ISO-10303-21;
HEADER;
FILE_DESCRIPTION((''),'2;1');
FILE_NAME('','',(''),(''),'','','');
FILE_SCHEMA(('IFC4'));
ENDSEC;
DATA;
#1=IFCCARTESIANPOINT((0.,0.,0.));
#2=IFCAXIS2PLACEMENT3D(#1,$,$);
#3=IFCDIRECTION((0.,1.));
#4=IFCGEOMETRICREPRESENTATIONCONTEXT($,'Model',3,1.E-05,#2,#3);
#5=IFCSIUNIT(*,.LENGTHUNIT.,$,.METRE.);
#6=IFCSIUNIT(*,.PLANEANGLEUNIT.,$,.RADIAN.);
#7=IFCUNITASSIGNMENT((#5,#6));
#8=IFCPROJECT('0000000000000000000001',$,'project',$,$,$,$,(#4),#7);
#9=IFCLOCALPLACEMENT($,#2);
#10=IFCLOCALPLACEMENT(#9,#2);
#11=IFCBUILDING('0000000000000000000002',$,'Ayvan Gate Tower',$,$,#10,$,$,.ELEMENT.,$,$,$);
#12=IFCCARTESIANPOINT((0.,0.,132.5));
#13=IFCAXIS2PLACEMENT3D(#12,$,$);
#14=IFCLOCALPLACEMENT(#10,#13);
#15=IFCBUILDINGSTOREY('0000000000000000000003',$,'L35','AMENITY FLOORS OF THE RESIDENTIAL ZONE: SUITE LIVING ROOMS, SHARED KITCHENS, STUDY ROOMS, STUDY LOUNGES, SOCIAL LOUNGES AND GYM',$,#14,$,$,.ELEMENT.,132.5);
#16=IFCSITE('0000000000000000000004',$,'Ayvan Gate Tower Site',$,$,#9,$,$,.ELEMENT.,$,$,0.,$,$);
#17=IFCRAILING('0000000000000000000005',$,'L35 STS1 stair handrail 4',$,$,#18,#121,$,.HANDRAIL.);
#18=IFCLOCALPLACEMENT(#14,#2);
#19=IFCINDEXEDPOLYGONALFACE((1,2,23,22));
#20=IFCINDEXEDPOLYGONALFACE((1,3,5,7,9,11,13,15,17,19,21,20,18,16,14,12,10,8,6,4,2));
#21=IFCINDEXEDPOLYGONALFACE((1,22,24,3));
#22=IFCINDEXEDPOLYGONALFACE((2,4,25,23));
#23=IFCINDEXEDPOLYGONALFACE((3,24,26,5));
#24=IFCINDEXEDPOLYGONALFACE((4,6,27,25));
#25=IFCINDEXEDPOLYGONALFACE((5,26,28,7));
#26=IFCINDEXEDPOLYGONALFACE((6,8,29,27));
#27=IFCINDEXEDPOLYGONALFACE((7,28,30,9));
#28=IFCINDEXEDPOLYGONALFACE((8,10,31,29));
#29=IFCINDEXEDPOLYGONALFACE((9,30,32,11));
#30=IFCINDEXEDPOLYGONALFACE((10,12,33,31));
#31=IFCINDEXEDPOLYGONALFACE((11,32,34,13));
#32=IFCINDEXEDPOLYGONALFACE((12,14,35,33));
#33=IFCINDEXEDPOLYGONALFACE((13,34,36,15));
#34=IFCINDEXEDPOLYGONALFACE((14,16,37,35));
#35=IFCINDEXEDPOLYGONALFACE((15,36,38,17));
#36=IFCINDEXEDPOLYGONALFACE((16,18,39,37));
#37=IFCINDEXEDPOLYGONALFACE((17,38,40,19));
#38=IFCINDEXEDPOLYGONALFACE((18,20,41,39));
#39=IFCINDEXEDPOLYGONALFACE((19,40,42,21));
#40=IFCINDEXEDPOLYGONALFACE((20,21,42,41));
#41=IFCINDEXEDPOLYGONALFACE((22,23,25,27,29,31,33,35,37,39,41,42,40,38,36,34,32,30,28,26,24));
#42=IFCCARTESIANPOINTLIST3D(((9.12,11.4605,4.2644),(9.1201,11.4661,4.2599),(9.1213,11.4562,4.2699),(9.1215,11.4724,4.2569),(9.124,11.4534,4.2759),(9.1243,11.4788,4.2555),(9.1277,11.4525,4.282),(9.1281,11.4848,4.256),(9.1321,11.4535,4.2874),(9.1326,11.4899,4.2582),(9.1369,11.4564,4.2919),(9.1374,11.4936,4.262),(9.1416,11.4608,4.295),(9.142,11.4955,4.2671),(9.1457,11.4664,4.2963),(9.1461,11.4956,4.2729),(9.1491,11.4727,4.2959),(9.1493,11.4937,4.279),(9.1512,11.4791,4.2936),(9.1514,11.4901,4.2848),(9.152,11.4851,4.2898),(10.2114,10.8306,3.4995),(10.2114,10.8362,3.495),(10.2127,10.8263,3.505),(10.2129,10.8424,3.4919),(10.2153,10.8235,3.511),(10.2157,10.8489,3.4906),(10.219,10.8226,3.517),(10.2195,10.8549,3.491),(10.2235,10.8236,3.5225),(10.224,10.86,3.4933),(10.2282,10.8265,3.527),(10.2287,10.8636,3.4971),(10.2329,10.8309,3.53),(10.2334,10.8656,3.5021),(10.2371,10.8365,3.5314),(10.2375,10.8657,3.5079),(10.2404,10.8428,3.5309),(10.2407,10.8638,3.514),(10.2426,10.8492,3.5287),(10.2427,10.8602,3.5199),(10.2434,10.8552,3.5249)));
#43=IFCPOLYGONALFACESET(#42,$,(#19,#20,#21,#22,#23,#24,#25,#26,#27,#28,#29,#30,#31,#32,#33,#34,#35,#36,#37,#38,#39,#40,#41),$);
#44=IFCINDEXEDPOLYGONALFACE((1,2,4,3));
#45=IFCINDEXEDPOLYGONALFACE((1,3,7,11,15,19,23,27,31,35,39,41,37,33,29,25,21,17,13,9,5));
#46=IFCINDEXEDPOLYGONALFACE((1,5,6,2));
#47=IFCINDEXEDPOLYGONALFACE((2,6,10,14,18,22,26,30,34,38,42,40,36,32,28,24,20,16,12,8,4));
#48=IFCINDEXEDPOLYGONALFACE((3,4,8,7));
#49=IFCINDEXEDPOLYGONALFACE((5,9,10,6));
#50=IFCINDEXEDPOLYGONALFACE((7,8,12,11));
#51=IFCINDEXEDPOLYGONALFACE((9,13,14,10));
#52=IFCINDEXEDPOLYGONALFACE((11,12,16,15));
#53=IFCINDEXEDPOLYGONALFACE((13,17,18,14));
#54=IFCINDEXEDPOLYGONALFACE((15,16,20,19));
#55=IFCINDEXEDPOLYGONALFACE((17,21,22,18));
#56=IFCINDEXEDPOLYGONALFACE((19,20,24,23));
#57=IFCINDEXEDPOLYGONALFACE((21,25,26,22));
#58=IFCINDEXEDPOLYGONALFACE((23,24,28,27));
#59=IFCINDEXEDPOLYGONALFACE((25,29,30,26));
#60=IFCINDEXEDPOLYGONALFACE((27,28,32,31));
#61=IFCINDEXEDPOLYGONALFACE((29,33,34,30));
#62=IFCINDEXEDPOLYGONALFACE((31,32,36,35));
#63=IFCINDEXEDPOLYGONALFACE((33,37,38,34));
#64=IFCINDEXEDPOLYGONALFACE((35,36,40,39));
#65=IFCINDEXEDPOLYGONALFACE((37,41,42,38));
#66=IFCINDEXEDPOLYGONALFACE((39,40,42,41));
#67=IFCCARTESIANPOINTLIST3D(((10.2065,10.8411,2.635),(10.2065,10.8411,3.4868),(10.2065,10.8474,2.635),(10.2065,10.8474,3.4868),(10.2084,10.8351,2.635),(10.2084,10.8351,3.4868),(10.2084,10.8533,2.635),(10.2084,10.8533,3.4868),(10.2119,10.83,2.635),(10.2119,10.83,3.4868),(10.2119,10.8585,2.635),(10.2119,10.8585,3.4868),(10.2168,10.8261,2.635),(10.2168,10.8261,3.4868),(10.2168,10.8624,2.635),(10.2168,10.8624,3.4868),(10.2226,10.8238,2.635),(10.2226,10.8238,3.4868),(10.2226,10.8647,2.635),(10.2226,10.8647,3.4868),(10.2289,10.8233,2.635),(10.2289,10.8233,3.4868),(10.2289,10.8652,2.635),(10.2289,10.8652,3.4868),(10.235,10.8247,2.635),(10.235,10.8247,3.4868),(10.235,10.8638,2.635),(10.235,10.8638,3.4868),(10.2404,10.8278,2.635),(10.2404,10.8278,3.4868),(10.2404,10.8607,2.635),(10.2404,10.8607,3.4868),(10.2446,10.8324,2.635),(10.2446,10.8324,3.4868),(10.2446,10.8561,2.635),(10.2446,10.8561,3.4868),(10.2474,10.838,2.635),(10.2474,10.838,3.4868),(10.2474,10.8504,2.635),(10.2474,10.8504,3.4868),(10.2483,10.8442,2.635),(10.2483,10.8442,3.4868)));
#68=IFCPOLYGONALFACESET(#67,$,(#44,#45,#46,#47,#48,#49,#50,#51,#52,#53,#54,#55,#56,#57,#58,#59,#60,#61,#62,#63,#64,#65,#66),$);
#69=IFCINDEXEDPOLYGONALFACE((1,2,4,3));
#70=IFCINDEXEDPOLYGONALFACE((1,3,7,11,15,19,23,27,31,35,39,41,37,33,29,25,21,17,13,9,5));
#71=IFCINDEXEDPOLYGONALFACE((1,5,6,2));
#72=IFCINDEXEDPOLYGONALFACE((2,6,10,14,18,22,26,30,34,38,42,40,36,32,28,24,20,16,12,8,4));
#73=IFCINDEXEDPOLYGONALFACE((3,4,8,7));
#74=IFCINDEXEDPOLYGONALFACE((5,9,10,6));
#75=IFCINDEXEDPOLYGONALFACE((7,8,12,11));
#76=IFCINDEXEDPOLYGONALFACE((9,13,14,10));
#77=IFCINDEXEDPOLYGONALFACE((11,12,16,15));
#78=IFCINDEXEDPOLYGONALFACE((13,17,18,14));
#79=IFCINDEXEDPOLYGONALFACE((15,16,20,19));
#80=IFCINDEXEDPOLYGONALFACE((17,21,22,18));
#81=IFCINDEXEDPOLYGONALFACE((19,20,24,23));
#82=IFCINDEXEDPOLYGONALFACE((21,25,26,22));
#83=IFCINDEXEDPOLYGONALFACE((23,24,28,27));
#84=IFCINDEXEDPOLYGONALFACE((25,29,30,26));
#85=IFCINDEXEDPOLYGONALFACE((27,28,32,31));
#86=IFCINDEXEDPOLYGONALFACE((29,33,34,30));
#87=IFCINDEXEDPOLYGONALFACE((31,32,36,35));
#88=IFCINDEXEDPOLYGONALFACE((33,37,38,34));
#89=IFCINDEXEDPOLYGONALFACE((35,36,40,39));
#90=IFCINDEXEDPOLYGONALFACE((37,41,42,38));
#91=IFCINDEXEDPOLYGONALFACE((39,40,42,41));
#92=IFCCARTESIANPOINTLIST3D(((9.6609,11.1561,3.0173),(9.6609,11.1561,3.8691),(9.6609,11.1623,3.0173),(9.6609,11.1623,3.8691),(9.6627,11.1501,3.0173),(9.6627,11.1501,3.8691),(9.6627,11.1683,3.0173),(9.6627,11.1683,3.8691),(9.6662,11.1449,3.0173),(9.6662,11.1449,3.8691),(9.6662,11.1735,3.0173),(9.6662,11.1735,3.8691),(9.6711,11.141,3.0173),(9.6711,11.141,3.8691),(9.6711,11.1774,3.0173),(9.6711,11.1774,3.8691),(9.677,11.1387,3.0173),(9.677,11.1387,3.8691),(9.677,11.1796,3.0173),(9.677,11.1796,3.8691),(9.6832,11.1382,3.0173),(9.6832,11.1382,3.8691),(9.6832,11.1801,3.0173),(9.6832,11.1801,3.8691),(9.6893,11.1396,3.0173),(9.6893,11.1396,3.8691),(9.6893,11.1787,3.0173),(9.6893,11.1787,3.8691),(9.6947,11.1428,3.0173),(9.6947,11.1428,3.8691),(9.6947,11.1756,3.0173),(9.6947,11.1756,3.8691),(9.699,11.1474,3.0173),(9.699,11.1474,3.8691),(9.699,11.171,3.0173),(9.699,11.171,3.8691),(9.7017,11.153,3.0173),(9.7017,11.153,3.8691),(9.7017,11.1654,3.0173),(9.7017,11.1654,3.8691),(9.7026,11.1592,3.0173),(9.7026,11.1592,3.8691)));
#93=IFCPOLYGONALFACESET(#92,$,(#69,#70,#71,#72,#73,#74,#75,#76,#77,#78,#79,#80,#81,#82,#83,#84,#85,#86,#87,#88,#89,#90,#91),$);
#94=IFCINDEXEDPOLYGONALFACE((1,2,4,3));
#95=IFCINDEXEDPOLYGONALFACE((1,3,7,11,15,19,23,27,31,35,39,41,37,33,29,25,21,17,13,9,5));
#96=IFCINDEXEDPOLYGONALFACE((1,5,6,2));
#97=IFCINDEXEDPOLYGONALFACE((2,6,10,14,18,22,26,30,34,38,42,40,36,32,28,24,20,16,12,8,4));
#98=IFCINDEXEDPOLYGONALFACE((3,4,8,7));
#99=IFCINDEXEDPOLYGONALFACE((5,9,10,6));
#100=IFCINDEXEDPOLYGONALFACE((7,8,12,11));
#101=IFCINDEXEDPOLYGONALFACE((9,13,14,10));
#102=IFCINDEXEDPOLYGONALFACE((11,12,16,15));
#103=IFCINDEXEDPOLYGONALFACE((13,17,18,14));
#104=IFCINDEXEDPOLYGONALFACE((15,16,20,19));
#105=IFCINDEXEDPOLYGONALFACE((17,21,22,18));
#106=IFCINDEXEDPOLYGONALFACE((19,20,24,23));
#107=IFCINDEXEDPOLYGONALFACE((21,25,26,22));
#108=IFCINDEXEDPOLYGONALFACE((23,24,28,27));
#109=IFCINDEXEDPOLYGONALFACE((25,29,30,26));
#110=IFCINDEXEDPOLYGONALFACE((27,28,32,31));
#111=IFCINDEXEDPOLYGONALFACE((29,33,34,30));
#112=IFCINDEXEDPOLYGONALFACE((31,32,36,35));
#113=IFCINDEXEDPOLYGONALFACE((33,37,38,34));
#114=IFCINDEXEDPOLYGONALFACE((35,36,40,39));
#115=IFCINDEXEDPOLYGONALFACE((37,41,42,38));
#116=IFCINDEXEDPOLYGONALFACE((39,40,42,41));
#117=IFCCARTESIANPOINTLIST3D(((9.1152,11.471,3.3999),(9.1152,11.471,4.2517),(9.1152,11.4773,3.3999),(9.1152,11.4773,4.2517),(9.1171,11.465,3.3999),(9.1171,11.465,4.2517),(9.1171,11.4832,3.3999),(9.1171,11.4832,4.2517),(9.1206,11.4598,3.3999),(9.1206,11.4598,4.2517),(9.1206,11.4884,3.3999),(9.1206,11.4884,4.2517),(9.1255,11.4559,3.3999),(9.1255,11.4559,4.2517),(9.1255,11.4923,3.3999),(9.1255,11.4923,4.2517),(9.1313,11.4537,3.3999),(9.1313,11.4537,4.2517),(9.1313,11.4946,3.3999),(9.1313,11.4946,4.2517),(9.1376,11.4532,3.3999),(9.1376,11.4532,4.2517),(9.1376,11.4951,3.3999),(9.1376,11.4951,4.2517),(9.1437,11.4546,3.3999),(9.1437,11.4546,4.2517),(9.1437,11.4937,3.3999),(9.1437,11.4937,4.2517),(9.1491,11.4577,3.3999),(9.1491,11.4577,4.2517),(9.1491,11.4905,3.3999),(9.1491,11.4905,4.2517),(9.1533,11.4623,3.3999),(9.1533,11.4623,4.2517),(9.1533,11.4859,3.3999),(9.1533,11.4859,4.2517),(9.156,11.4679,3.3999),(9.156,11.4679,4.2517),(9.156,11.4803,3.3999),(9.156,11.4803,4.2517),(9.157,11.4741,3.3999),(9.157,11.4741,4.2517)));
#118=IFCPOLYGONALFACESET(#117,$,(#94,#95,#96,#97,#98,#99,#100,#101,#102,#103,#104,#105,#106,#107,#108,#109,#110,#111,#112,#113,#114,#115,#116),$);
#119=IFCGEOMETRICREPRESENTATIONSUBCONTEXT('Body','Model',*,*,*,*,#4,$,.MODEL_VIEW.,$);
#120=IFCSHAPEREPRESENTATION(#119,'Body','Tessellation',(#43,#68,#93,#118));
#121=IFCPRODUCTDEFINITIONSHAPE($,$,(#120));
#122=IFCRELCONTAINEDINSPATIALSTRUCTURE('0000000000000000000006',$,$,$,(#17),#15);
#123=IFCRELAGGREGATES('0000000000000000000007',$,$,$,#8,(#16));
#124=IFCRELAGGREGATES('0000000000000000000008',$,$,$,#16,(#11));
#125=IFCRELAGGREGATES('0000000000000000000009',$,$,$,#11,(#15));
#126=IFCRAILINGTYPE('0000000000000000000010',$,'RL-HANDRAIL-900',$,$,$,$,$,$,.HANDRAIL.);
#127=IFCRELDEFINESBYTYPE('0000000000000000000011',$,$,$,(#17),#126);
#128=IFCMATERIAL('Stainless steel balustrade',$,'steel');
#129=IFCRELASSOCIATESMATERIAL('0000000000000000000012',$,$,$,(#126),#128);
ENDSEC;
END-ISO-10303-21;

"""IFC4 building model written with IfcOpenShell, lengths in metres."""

from ifc_helpers import new_model, si_unit, direction, frame, origin, origin_2d, place, context, subcontext, project, spatial, circle, extrude, material, type_object, element, save


model = new_model("IFC4")

# Units and contexts
model_context = context("Model", 3, precision=1e-05, world=origin(), true_north=direction((0.0, 1.0)))
body_context = subcontext(model_context, "Body", "Model", "MODEL_VIEW")
ifc_project = project(units=[si_unit("LENGTHUNIT", "METRE"), si_unit("PLANEANGLEUNIT", "RADIAN")], contexts=[model_context])

# Site, building, storey
site_placement = place(None, origin())
site = spatial("IfcSite", under=ifc_project, at=site_placement, Name="Ayvan Gate Tower Site", CompositionType="ELEMENT", RefElevation=0.0)
building_placement = place(site_placement, origin())
building = spatial("IfcBuilding", under=site, at=building_placement, Name="Ayvan Gate Tower", CompositionType="ELEMENT")
storey_placement = place(building_placement, frame((0.0, 0.0, 132.5)))
storey = spatial("IfcBuildingStorey", under=building, at=storey_placement, Name="L35", Description="AMENITY FLOORS OF THE RESIDENTIAL ZONE: SUITE LIVING ROOMS, SHARED KITCHENS, STUDY ROOMS, STUDY LOUNGES, SOCIAL LOUNGES AND GYM", CompositionType="ELEMENT", Elevation=132.5)

# Railing
ifc_material_1 = material(Name="Stainless steel balustrade", Category="steel")
railing_type_1 = type_object("IfcRailingType", Name="RL-HANDRAIL-900", PredefinedType="HANDRAIL", material=ifc_material_1)
railing_1_placement = place(storey_placement, frame((10.2273, 10.8442, 2.635)))
element("IfcRailing", 1, at=railing_1_placement, inside=storey, type_object=railing_type_1, Name="L35 STS1 stair handrail 4", PredefinedType="HANDRAIL", context=body_context, shape_type="SweptSolid", body=[
    extrude(circle(Radius=0.0239, at=origin_2d()), frame((0.0, 0.0, 0.876), z_axis=(-0.740357, 0.42732, 0.518912), x_axis=(-0.49989, -0.866089, 0.0)), (0.0, 0.0, 1.0), 1.4741),
    extrude(circle(Radius=0.021, at=origin_2d()), origin(), (0.0, 0.0, 1.0), 0.8518),
    extrude(circle(Radius=0.021, at=origin_2d()), frame((-0.5457, 0.3149, 0.3823)), (0.0, 0.0, 1.0), 0.8518),
    extrude(circle(Radius=0.021, at=origin_2d()), frame((-1.0913, 0.6299, 0.7649)), (0.0, 0.0, 1.0), 0.8518),
])

save(model, "model.ifc")
